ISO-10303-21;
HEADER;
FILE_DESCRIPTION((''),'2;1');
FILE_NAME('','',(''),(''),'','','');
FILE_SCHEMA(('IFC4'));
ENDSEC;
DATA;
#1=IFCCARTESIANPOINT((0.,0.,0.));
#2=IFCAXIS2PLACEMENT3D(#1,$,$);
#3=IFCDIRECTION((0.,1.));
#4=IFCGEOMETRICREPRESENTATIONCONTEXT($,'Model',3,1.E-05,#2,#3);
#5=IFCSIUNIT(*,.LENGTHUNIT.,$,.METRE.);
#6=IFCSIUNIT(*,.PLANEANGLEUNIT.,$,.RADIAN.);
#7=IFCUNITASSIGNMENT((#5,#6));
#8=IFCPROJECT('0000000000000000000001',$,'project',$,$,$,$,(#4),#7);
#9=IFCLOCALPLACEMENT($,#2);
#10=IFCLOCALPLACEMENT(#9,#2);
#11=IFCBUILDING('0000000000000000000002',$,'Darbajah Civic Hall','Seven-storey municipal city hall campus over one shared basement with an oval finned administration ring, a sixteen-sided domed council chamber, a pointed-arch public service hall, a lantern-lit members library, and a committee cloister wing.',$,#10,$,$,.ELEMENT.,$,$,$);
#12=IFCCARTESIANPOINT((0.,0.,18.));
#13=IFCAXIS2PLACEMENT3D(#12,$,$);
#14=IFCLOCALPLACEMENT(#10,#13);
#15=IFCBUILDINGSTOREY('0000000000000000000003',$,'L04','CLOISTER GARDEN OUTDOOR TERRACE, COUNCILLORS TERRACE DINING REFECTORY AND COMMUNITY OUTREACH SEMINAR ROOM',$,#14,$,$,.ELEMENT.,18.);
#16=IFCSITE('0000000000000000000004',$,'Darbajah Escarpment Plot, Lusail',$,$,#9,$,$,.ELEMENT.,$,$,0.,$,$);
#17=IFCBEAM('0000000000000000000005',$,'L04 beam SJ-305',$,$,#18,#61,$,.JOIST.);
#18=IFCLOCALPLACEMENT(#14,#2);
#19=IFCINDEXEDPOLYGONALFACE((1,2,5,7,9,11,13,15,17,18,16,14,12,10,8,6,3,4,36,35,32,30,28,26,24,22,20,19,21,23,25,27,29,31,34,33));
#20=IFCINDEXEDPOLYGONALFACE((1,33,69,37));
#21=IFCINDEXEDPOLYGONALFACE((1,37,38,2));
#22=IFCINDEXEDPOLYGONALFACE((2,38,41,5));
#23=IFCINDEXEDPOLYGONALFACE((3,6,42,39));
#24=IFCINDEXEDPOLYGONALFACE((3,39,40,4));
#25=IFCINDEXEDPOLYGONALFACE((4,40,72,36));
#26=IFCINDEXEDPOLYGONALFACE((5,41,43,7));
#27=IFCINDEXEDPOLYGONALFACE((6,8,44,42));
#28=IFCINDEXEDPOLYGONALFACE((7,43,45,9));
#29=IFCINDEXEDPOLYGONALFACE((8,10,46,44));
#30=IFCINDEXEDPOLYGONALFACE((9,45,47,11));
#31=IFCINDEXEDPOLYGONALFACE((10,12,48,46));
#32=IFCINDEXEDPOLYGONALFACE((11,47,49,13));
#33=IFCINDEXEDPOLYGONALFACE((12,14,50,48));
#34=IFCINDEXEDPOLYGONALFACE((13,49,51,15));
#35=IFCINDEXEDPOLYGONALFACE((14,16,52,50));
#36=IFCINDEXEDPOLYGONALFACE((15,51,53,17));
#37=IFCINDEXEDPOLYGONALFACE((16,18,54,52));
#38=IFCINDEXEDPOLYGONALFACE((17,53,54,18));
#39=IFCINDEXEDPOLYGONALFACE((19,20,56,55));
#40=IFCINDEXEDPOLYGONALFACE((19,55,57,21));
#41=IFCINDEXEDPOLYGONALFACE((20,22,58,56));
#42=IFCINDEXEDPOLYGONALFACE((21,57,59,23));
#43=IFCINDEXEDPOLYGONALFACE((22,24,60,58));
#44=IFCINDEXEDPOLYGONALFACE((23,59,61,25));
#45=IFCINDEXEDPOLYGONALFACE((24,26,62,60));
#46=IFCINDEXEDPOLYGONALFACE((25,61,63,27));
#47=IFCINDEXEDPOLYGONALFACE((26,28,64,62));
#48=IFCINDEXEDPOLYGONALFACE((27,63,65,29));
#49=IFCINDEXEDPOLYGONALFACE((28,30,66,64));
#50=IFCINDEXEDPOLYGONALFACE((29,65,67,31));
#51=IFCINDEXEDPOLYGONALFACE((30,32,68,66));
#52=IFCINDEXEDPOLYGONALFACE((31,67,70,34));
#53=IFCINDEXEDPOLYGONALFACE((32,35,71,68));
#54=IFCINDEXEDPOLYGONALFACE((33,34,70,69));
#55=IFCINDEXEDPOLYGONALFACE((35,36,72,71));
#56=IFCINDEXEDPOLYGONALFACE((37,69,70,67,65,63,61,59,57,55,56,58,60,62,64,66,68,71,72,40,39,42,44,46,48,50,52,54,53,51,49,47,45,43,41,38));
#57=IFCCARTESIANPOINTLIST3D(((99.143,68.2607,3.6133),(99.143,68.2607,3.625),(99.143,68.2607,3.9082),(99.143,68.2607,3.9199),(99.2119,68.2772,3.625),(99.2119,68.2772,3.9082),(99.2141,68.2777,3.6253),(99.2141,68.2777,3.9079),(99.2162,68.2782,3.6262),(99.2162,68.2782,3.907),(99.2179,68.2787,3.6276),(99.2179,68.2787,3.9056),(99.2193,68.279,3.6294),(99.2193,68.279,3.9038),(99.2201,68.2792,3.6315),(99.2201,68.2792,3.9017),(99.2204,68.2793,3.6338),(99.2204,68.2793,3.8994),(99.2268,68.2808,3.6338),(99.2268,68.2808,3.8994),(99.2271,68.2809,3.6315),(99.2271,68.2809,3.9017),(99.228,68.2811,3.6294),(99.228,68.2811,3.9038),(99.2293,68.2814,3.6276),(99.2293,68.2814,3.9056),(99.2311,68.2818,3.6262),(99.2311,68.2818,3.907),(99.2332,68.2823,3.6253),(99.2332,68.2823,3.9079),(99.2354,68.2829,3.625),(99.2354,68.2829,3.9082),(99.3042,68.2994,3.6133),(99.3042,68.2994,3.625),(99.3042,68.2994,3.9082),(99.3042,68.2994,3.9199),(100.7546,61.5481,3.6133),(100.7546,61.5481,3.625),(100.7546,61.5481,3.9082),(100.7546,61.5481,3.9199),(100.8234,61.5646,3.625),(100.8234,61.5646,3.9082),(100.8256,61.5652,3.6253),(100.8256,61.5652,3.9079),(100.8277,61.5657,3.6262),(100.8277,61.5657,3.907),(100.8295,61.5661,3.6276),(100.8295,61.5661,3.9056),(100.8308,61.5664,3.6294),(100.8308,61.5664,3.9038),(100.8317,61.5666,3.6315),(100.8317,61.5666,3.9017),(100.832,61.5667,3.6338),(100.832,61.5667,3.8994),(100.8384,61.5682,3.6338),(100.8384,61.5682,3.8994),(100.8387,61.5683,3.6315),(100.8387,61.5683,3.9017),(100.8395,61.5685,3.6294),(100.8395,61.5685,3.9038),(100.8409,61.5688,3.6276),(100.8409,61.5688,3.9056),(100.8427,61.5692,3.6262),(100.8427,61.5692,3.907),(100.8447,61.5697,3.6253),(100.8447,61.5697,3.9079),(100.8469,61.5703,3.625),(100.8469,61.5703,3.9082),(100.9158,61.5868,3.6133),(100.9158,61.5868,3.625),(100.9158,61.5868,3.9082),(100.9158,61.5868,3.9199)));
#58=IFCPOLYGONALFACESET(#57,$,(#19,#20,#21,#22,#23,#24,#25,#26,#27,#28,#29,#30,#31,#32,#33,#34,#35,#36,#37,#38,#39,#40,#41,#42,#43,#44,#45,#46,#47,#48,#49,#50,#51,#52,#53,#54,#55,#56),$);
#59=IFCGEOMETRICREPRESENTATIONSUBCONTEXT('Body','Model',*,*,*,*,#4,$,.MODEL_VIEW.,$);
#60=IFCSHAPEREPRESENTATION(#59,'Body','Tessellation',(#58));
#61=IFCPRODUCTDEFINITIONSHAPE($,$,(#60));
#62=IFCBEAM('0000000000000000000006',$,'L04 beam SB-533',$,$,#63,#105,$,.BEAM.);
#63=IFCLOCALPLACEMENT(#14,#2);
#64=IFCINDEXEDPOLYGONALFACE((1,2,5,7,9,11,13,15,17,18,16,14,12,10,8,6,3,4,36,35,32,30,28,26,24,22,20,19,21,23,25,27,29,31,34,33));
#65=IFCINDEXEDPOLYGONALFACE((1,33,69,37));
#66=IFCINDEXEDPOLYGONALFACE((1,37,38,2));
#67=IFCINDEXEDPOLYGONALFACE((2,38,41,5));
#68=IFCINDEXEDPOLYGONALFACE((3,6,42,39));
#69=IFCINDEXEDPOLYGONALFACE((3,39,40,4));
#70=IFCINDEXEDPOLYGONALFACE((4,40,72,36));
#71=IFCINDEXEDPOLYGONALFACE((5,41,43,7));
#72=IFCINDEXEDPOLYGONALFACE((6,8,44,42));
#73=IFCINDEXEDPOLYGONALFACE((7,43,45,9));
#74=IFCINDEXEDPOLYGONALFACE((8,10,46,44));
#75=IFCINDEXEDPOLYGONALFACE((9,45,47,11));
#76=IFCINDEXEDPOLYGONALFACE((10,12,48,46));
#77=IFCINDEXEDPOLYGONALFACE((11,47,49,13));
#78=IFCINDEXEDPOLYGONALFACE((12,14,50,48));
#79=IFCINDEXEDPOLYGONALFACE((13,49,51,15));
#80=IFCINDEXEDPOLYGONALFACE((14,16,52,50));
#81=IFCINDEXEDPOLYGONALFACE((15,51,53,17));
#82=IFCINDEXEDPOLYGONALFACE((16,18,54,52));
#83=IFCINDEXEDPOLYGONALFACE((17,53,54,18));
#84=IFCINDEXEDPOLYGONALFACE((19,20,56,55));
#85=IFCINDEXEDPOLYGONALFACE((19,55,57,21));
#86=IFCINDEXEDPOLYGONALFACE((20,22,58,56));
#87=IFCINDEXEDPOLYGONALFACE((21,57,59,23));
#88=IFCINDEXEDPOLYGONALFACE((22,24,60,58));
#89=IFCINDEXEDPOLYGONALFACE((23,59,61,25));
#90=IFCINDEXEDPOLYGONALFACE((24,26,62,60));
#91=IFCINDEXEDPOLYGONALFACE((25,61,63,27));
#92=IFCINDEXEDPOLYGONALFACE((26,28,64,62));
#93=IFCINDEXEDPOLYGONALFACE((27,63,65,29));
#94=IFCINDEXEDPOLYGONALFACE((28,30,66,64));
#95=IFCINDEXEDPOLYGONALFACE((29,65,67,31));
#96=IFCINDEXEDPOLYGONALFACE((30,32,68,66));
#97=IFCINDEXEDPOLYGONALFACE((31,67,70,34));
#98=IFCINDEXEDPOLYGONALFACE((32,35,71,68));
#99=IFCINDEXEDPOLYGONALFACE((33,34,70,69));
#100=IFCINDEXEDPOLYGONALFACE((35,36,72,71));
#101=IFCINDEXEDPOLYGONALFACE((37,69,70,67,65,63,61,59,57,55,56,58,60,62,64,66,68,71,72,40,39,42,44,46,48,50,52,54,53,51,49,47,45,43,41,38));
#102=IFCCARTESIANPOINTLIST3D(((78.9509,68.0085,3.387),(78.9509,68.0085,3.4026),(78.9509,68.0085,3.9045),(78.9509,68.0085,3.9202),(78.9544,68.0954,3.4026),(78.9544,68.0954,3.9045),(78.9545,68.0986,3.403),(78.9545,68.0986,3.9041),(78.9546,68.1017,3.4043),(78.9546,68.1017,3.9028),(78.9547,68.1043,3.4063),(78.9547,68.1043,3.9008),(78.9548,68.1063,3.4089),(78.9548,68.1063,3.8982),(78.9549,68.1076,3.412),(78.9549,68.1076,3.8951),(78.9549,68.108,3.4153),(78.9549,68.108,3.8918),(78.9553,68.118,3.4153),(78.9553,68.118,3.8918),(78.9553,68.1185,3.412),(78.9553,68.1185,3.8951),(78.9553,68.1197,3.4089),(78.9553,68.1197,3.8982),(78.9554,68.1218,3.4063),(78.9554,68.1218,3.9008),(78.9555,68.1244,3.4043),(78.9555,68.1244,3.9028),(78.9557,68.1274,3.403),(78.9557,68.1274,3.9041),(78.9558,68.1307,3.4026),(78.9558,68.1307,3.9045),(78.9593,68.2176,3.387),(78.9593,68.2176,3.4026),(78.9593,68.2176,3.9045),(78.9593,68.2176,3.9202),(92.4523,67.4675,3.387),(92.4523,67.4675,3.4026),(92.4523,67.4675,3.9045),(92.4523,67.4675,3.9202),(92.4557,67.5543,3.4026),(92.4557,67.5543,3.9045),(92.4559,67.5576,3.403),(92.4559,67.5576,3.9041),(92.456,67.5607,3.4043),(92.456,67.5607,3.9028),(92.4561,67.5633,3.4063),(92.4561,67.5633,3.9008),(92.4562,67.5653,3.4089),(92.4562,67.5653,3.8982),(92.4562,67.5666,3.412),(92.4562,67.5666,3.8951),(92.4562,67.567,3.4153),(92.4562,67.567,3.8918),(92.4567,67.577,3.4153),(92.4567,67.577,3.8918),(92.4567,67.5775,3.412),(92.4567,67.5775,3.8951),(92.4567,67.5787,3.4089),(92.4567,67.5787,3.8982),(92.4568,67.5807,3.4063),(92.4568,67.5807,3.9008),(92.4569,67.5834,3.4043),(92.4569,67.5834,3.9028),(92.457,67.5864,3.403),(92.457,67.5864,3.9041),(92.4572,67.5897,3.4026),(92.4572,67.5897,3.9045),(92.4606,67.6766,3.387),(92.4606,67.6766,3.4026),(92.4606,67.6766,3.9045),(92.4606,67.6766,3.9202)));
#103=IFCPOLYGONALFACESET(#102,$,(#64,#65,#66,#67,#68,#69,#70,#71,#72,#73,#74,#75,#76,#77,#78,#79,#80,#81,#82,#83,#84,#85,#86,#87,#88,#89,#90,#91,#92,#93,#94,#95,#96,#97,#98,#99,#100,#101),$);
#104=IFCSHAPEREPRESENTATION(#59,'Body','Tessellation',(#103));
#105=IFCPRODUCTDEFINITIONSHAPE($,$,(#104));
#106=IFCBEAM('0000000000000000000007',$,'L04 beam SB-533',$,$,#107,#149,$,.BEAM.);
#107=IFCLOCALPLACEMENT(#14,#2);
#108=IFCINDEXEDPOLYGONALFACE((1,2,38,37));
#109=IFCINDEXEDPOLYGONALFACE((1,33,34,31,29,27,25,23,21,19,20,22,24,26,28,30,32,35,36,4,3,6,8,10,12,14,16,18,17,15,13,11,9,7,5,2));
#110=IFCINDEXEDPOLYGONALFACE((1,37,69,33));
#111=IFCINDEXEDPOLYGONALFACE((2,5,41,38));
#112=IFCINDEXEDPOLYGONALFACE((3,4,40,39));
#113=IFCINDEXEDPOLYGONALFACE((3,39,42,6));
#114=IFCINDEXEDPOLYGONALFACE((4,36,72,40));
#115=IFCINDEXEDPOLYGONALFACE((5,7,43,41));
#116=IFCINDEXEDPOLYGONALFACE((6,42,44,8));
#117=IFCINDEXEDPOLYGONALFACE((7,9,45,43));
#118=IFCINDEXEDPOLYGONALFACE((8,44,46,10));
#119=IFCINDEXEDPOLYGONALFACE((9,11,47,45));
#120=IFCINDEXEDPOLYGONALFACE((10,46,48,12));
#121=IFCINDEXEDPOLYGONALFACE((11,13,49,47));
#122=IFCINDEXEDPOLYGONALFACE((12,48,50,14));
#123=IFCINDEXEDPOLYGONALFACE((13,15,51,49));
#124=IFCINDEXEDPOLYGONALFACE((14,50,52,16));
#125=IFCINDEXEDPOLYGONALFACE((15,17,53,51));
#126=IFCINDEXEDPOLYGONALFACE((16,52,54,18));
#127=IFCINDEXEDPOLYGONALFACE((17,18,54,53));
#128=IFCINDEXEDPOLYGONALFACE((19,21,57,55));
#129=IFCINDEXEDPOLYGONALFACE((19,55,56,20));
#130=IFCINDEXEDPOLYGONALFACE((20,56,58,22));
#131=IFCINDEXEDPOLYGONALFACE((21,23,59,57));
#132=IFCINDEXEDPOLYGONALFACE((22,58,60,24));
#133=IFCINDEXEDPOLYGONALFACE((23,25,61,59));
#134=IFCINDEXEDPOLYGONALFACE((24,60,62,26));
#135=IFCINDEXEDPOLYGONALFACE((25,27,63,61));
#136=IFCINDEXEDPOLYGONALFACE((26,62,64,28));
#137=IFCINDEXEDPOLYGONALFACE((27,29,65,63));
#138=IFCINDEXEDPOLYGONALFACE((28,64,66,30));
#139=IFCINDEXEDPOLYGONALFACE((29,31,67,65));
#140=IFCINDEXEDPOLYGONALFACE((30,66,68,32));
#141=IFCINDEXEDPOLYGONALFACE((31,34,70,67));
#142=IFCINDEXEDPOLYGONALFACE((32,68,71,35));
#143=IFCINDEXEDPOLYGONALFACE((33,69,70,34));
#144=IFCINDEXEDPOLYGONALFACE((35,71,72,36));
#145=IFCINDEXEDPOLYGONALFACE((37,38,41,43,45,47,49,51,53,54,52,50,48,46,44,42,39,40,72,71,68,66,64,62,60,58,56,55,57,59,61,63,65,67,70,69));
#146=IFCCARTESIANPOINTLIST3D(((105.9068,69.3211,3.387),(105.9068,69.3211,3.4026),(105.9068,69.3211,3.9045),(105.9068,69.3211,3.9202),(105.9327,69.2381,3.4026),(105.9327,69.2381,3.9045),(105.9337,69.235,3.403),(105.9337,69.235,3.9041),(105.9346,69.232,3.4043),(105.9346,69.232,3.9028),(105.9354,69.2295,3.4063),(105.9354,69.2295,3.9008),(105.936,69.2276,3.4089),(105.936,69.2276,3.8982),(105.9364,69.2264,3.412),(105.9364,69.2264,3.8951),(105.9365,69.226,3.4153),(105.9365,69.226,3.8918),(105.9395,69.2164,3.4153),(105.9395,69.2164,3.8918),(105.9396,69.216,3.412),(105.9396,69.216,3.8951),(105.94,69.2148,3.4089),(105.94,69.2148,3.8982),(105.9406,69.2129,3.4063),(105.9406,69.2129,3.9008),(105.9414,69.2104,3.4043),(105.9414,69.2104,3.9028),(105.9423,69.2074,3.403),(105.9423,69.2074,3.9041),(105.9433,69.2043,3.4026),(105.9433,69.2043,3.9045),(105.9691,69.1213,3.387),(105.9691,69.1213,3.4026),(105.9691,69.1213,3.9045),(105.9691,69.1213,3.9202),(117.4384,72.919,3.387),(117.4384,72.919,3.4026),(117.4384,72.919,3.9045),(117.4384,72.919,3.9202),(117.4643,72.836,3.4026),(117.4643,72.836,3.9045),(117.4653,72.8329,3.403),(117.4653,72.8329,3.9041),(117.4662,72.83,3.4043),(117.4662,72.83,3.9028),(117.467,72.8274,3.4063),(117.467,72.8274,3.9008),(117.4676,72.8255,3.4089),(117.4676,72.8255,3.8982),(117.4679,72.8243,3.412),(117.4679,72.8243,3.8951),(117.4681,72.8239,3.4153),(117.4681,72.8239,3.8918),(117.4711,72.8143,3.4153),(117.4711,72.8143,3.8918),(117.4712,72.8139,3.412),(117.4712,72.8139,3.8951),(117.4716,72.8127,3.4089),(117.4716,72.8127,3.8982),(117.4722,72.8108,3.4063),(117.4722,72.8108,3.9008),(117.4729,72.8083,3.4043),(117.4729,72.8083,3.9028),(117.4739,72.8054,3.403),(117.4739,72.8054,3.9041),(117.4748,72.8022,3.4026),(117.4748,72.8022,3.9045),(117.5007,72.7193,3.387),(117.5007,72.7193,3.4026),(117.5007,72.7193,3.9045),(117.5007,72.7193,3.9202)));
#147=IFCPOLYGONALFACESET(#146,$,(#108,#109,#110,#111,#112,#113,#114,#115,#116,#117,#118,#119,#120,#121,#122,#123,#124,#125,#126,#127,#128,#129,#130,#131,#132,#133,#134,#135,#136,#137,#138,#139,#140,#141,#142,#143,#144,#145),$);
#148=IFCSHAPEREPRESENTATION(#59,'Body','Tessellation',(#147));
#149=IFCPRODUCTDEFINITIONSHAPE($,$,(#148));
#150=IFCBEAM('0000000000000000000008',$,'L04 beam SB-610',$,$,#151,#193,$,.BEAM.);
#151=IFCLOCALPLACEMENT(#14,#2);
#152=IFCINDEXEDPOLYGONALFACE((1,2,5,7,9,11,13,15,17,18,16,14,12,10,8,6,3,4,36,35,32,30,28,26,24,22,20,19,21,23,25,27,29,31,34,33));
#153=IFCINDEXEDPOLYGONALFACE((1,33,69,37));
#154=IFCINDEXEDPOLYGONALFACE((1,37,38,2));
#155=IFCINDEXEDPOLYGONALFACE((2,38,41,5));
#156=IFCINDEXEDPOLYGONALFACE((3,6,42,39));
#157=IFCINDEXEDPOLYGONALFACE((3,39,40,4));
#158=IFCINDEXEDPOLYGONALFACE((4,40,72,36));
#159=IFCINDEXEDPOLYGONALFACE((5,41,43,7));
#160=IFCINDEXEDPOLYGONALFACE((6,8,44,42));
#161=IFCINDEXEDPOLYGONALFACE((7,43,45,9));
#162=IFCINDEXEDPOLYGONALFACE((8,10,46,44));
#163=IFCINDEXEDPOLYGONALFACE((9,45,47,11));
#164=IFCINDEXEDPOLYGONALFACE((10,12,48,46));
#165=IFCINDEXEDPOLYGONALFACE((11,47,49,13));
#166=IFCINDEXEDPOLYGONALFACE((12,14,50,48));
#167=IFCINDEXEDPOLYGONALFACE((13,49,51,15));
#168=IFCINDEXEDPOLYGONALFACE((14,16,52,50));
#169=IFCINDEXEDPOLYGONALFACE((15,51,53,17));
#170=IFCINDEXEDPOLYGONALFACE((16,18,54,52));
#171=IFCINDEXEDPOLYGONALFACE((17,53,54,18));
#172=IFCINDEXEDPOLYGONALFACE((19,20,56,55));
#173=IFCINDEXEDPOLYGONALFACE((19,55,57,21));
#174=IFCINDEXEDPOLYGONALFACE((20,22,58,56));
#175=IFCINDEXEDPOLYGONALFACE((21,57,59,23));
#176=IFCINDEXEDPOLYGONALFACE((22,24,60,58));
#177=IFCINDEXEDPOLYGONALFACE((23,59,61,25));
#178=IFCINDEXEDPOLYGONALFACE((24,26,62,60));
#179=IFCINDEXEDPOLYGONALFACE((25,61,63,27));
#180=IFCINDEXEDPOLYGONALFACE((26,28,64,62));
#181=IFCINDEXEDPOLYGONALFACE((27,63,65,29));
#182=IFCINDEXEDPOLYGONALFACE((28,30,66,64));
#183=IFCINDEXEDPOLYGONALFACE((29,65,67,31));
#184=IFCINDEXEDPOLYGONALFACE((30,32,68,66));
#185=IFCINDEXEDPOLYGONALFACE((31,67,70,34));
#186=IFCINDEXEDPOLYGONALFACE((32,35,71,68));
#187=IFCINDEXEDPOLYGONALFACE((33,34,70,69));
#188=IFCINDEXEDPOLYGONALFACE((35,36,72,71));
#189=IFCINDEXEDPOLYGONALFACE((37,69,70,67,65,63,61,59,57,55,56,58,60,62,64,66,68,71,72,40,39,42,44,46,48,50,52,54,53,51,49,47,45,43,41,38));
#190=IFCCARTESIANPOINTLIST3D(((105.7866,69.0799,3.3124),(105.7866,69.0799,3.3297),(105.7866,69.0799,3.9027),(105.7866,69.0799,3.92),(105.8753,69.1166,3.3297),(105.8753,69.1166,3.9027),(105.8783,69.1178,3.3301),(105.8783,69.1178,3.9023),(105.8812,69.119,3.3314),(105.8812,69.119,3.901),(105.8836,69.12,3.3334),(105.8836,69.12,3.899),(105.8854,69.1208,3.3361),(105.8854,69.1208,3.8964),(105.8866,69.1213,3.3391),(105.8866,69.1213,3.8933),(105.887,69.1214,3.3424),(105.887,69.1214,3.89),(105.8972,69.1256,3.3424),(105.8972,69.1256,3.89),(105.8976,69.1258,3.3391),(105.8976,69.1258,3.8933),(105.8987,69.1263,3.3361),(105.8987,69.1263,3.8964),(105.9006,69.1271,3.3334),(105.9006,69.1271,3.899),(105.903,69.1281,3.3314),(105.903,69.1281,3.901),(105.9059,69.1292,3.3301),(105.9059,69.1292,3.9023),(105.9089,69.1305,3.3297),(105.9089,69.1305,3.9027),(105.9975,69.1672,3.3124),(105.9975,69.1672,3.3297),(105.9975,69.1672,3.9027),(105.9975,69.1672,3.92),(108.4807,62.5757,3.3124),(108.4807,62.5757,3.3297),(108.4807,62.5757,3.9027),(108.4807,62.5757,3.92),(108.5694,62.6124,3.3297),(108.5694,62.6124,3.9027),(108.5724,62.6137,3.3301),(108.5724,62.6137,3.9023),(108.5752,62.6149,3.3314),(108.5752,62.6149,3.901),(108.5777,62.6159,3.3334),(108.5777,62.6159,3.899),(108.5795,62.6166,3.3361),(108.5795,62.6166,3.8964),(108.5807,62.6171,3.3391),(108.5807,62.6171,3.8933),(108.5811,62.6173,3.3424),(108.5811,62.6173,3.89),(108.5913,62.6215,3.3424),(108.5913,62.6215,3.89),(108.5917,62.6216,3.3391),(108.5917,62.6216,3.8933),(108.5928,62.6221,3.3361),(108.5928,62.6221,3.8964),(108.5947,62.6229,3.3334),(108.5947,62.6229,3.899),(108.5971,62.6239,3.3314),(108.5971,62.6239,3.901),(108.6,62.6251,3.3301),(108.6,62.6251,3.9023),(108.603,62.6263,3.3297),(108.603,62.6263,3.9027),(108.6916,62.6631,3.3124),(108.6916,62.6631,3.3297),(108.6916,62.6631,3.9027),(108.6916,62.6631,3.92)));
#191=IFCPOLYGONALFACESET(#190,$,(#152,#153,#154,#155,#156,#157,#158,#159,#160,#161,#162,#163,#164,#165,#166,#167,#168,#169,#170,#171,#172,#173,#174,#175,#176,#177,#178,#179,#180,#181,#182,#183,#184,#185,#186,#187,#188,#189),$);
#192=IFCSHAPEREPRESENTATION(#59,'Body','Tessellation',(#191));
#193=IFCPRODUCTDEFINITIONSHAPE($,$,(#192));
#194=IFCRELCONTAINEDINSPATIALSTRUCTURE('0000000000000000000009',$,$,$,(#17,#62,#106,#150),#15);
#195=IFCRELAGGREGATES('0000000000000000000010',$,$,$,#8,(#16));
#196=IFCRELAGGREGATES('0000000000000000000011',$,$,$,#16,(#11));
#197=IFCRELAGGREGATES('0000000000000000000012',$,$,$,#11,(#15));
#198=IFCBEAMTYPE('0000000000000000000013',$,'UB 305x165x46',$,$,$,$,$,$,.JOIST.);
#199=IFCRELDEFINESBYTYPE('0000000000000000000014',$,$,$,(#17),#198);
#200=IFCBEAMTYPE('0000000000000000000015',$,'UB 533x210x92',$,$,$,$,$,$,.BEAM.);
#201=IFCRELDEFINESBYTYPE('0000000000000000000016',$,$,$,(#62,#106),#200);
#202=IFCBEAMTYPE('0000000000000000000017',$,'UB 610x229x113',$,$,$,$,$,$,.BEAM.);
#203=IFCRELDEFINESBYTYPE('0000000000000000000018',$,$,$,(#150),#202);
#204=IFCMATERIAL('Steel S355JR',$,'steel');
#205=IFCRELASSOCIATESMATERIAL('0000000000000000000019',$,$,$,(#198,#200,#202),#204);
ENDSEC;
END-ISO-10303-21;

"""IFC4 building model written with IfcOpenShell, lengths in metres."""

from ifc_helpers import new_model, si_unit, direction, frame, origin, origin_2d, place, context, subcontext, project, spatial, i_section, extrude, material, material_profile, profile_set, type_object, element, save


model = new_model("IFC4")

# Units and contexts
model_context = context("Model", 3, precision=1e-05, world=origin(), true_north=direction((0.0, 1.0)))
body_context = subcontext(model_context, "Body", "Model", "MODEL_VIEW")
ifc_project = project(units=[si_unit("LENGTHUNIT", "METRE"), si_unit("PLANEANGLEUNIT", "RADIAN")], contexts=[model_context])

# Site, building, storey
site_placement = place(None, origin())
site = spatial("IfcSite", under=ifc_project, at=site_placement, Name="Darbajah Escarpment Plot, Lusail", CompositionType="ELEMENT", RefElevation=0.0)
building_placement = place(site_placement, origin())
building = spatial("IfcBuilding", under=site, at=building_placement, Name="Darbajah Civic Hall", Description="Seven-storey municipal city hall campus over one shared basement with an oval finned administration ring, a sixteen-sided domed council chamber, a pointed-arch public service hall, a lantern-lit members library, and a committee cloister wing.", CompositionType="ELEMENT")
storey_placement = place(building_placement, frame((0.0, 0.0, 18.0)))
storey = spatial("IfcBuildingStorey", under=building, at=storey_placement, Name="L04", Description="CLOISTER GARDEN OUTDOOR TERRACE, COUNCILLORS TERRACE DINING REFECTORY AND COMMUNITY OUTREACH SEMINAR ROOM", CompositionType="ELEMENT", Elevation=18.0)

# Beams
ifc_material_1 = material(Name="Steel S355JR", Category="steel")
ifc_material_profile_1 = material_profile(ifc_material_1, i_section(OverallWidth=0.1658, OverallDepth=0.3066, WebThickness=0.0066, FlangeThickness=0.0117, FilletRadius=0.0088, at=origin_2d()), Name="UB 305x165x46")
ifc_profile_set_1 = profile_set([ifc_material_profile_1], Name="Steel S355JR")
beam_type_1 = type_object("IfcBeamType", Name="UB 305x165x46", PredefinedType="JOIST", material=ifc_profile_set_1)
beam_1_placement = place(storey_placement, frame((99.2236, 68.28, 3.7666), z_axis=(0.233447, -0.97237, 0.0), x_axis=(0.97237, 0.233447, 0.0)))
element("IfcBeam", 1, at=beam_1_placement, inside=storey, type_object=beam_type_1, Name="L04 beam SJ-305", PredefinedType="JOIST", context=body_context, shape_type="SweptSolid", body=[
    extrude(i_section(OverallWidth=0.1658, OverallDepth=0.3066, WebThickness=0.0066, FlangeThickness=0.0117, FilletRadius=0.0088, at=origin_2d()), origin(), (0.0, 0.0, 1.0), 6.9033),
])
ifc_material_profile_2 = material_profile(ifc_material_1, i_section(OverallWidth=0.2092, OverallDepth=0.5332, WebThickness=0.01, FlangeThickness=0.0156, FilletRadius=0.0127, at=origin_2d()), Name="UB 533x210x92")
ifc_profile_set_2 = profile_set([ifc_material_profile_2], Name="Steel S355JR")
beam_type_2 = type_object("IfcBeamType", Name="UB 533x210x92", PredefinedType="BEAM", material=ifc_profile_set_2)
beam_2_placement = place(storey_placement, frame((78.9551, 68.113, 3.6536), z_axis=(0.999198, -0.040039, 0.0), x_axis=(0.040039, 0.999198, 0.0)))
element("IfcBeam", 2, at=beam_2_placement, inside=storey, type_object=beam_type_2, Name="L04 beam SB-533", PredefinedType="BEAM", context=body_context, shape_type="SweptSolid", body=[
    extrude(i_section(OverallWidth=0.2092, OverallDepth=0.5332, WebThickness=0.01, FlangeThickness=0.0156, FilletRadius=0.0127, at=origin_2d()), origin(), (0.0, 0.0, 1.0), 13.5122),
])
beam_3_placement = place(storey_placement, frame((105.938, 69.2212, 3.6536), z_axis=(0.954614, 0.297846, 0.0), x_axis=(-0.297846, 0.954614, 0.0)))
element("IfcBeam", 3, at=beam_3_placement, inside=storey, type_object=beam_type_2, Name="L04 beam SB-533", PredefinedType="BEAM", context=body_context, shape_type="SweptSolid", body=[
    extrude(i_section(OverallWidth=0.2092, OverallDepth=0.5332, WebThickness=0.01, FlangeThickness=0.0156, FilletRadius=0.0127, at=origin_2d()), origin(), (0.0, 0.0, 1.0), 12.0798),
])
ifc_material_profile_3 = material_profile(ifc_material_1, i_section(OverallWidth=0.2283, OverallDepth=0.6077, WebThickness=0.011, FlangeThickness=0.0173, FilletRadius=0.0127, at=origin_2d()), Name="UB 610x229x113")
ifc_profile_set_3 = profile_set([ifc_material_profile_3], Name="Steel S355JR")
beam_type_3 = type_object("IfcBeamType", Name="UB 610x229x113", PredefinedType="BEAM", material=ifc_profile_set_3)
beam_4_placement = place(storey_placement, frame((105.8921, 69.1235, 3.6162), z_axis=(0.382682, -0.92388, 0.0), x_axis=(0.92388, 0.382682, 0.0)))
element("IfcBeam", 4, at=beam_4_placement, inside=storey, type_object=beam_type_3, Name="L04 beam SB-610", PredefinedType="BEAM", context=body_context, shape_type="SweptSolid", body=[
    extrude(i_section(OverallWidth=0.2283, OverallDepth=0.6077, WebThickness=0.011, FlangeThickness=0.0173, FilletRadius=0.0127, at=origin_2d()), origin(), (0.0, 0.0, 1.0), 7.04),
])

save(model, "model.ifc")
